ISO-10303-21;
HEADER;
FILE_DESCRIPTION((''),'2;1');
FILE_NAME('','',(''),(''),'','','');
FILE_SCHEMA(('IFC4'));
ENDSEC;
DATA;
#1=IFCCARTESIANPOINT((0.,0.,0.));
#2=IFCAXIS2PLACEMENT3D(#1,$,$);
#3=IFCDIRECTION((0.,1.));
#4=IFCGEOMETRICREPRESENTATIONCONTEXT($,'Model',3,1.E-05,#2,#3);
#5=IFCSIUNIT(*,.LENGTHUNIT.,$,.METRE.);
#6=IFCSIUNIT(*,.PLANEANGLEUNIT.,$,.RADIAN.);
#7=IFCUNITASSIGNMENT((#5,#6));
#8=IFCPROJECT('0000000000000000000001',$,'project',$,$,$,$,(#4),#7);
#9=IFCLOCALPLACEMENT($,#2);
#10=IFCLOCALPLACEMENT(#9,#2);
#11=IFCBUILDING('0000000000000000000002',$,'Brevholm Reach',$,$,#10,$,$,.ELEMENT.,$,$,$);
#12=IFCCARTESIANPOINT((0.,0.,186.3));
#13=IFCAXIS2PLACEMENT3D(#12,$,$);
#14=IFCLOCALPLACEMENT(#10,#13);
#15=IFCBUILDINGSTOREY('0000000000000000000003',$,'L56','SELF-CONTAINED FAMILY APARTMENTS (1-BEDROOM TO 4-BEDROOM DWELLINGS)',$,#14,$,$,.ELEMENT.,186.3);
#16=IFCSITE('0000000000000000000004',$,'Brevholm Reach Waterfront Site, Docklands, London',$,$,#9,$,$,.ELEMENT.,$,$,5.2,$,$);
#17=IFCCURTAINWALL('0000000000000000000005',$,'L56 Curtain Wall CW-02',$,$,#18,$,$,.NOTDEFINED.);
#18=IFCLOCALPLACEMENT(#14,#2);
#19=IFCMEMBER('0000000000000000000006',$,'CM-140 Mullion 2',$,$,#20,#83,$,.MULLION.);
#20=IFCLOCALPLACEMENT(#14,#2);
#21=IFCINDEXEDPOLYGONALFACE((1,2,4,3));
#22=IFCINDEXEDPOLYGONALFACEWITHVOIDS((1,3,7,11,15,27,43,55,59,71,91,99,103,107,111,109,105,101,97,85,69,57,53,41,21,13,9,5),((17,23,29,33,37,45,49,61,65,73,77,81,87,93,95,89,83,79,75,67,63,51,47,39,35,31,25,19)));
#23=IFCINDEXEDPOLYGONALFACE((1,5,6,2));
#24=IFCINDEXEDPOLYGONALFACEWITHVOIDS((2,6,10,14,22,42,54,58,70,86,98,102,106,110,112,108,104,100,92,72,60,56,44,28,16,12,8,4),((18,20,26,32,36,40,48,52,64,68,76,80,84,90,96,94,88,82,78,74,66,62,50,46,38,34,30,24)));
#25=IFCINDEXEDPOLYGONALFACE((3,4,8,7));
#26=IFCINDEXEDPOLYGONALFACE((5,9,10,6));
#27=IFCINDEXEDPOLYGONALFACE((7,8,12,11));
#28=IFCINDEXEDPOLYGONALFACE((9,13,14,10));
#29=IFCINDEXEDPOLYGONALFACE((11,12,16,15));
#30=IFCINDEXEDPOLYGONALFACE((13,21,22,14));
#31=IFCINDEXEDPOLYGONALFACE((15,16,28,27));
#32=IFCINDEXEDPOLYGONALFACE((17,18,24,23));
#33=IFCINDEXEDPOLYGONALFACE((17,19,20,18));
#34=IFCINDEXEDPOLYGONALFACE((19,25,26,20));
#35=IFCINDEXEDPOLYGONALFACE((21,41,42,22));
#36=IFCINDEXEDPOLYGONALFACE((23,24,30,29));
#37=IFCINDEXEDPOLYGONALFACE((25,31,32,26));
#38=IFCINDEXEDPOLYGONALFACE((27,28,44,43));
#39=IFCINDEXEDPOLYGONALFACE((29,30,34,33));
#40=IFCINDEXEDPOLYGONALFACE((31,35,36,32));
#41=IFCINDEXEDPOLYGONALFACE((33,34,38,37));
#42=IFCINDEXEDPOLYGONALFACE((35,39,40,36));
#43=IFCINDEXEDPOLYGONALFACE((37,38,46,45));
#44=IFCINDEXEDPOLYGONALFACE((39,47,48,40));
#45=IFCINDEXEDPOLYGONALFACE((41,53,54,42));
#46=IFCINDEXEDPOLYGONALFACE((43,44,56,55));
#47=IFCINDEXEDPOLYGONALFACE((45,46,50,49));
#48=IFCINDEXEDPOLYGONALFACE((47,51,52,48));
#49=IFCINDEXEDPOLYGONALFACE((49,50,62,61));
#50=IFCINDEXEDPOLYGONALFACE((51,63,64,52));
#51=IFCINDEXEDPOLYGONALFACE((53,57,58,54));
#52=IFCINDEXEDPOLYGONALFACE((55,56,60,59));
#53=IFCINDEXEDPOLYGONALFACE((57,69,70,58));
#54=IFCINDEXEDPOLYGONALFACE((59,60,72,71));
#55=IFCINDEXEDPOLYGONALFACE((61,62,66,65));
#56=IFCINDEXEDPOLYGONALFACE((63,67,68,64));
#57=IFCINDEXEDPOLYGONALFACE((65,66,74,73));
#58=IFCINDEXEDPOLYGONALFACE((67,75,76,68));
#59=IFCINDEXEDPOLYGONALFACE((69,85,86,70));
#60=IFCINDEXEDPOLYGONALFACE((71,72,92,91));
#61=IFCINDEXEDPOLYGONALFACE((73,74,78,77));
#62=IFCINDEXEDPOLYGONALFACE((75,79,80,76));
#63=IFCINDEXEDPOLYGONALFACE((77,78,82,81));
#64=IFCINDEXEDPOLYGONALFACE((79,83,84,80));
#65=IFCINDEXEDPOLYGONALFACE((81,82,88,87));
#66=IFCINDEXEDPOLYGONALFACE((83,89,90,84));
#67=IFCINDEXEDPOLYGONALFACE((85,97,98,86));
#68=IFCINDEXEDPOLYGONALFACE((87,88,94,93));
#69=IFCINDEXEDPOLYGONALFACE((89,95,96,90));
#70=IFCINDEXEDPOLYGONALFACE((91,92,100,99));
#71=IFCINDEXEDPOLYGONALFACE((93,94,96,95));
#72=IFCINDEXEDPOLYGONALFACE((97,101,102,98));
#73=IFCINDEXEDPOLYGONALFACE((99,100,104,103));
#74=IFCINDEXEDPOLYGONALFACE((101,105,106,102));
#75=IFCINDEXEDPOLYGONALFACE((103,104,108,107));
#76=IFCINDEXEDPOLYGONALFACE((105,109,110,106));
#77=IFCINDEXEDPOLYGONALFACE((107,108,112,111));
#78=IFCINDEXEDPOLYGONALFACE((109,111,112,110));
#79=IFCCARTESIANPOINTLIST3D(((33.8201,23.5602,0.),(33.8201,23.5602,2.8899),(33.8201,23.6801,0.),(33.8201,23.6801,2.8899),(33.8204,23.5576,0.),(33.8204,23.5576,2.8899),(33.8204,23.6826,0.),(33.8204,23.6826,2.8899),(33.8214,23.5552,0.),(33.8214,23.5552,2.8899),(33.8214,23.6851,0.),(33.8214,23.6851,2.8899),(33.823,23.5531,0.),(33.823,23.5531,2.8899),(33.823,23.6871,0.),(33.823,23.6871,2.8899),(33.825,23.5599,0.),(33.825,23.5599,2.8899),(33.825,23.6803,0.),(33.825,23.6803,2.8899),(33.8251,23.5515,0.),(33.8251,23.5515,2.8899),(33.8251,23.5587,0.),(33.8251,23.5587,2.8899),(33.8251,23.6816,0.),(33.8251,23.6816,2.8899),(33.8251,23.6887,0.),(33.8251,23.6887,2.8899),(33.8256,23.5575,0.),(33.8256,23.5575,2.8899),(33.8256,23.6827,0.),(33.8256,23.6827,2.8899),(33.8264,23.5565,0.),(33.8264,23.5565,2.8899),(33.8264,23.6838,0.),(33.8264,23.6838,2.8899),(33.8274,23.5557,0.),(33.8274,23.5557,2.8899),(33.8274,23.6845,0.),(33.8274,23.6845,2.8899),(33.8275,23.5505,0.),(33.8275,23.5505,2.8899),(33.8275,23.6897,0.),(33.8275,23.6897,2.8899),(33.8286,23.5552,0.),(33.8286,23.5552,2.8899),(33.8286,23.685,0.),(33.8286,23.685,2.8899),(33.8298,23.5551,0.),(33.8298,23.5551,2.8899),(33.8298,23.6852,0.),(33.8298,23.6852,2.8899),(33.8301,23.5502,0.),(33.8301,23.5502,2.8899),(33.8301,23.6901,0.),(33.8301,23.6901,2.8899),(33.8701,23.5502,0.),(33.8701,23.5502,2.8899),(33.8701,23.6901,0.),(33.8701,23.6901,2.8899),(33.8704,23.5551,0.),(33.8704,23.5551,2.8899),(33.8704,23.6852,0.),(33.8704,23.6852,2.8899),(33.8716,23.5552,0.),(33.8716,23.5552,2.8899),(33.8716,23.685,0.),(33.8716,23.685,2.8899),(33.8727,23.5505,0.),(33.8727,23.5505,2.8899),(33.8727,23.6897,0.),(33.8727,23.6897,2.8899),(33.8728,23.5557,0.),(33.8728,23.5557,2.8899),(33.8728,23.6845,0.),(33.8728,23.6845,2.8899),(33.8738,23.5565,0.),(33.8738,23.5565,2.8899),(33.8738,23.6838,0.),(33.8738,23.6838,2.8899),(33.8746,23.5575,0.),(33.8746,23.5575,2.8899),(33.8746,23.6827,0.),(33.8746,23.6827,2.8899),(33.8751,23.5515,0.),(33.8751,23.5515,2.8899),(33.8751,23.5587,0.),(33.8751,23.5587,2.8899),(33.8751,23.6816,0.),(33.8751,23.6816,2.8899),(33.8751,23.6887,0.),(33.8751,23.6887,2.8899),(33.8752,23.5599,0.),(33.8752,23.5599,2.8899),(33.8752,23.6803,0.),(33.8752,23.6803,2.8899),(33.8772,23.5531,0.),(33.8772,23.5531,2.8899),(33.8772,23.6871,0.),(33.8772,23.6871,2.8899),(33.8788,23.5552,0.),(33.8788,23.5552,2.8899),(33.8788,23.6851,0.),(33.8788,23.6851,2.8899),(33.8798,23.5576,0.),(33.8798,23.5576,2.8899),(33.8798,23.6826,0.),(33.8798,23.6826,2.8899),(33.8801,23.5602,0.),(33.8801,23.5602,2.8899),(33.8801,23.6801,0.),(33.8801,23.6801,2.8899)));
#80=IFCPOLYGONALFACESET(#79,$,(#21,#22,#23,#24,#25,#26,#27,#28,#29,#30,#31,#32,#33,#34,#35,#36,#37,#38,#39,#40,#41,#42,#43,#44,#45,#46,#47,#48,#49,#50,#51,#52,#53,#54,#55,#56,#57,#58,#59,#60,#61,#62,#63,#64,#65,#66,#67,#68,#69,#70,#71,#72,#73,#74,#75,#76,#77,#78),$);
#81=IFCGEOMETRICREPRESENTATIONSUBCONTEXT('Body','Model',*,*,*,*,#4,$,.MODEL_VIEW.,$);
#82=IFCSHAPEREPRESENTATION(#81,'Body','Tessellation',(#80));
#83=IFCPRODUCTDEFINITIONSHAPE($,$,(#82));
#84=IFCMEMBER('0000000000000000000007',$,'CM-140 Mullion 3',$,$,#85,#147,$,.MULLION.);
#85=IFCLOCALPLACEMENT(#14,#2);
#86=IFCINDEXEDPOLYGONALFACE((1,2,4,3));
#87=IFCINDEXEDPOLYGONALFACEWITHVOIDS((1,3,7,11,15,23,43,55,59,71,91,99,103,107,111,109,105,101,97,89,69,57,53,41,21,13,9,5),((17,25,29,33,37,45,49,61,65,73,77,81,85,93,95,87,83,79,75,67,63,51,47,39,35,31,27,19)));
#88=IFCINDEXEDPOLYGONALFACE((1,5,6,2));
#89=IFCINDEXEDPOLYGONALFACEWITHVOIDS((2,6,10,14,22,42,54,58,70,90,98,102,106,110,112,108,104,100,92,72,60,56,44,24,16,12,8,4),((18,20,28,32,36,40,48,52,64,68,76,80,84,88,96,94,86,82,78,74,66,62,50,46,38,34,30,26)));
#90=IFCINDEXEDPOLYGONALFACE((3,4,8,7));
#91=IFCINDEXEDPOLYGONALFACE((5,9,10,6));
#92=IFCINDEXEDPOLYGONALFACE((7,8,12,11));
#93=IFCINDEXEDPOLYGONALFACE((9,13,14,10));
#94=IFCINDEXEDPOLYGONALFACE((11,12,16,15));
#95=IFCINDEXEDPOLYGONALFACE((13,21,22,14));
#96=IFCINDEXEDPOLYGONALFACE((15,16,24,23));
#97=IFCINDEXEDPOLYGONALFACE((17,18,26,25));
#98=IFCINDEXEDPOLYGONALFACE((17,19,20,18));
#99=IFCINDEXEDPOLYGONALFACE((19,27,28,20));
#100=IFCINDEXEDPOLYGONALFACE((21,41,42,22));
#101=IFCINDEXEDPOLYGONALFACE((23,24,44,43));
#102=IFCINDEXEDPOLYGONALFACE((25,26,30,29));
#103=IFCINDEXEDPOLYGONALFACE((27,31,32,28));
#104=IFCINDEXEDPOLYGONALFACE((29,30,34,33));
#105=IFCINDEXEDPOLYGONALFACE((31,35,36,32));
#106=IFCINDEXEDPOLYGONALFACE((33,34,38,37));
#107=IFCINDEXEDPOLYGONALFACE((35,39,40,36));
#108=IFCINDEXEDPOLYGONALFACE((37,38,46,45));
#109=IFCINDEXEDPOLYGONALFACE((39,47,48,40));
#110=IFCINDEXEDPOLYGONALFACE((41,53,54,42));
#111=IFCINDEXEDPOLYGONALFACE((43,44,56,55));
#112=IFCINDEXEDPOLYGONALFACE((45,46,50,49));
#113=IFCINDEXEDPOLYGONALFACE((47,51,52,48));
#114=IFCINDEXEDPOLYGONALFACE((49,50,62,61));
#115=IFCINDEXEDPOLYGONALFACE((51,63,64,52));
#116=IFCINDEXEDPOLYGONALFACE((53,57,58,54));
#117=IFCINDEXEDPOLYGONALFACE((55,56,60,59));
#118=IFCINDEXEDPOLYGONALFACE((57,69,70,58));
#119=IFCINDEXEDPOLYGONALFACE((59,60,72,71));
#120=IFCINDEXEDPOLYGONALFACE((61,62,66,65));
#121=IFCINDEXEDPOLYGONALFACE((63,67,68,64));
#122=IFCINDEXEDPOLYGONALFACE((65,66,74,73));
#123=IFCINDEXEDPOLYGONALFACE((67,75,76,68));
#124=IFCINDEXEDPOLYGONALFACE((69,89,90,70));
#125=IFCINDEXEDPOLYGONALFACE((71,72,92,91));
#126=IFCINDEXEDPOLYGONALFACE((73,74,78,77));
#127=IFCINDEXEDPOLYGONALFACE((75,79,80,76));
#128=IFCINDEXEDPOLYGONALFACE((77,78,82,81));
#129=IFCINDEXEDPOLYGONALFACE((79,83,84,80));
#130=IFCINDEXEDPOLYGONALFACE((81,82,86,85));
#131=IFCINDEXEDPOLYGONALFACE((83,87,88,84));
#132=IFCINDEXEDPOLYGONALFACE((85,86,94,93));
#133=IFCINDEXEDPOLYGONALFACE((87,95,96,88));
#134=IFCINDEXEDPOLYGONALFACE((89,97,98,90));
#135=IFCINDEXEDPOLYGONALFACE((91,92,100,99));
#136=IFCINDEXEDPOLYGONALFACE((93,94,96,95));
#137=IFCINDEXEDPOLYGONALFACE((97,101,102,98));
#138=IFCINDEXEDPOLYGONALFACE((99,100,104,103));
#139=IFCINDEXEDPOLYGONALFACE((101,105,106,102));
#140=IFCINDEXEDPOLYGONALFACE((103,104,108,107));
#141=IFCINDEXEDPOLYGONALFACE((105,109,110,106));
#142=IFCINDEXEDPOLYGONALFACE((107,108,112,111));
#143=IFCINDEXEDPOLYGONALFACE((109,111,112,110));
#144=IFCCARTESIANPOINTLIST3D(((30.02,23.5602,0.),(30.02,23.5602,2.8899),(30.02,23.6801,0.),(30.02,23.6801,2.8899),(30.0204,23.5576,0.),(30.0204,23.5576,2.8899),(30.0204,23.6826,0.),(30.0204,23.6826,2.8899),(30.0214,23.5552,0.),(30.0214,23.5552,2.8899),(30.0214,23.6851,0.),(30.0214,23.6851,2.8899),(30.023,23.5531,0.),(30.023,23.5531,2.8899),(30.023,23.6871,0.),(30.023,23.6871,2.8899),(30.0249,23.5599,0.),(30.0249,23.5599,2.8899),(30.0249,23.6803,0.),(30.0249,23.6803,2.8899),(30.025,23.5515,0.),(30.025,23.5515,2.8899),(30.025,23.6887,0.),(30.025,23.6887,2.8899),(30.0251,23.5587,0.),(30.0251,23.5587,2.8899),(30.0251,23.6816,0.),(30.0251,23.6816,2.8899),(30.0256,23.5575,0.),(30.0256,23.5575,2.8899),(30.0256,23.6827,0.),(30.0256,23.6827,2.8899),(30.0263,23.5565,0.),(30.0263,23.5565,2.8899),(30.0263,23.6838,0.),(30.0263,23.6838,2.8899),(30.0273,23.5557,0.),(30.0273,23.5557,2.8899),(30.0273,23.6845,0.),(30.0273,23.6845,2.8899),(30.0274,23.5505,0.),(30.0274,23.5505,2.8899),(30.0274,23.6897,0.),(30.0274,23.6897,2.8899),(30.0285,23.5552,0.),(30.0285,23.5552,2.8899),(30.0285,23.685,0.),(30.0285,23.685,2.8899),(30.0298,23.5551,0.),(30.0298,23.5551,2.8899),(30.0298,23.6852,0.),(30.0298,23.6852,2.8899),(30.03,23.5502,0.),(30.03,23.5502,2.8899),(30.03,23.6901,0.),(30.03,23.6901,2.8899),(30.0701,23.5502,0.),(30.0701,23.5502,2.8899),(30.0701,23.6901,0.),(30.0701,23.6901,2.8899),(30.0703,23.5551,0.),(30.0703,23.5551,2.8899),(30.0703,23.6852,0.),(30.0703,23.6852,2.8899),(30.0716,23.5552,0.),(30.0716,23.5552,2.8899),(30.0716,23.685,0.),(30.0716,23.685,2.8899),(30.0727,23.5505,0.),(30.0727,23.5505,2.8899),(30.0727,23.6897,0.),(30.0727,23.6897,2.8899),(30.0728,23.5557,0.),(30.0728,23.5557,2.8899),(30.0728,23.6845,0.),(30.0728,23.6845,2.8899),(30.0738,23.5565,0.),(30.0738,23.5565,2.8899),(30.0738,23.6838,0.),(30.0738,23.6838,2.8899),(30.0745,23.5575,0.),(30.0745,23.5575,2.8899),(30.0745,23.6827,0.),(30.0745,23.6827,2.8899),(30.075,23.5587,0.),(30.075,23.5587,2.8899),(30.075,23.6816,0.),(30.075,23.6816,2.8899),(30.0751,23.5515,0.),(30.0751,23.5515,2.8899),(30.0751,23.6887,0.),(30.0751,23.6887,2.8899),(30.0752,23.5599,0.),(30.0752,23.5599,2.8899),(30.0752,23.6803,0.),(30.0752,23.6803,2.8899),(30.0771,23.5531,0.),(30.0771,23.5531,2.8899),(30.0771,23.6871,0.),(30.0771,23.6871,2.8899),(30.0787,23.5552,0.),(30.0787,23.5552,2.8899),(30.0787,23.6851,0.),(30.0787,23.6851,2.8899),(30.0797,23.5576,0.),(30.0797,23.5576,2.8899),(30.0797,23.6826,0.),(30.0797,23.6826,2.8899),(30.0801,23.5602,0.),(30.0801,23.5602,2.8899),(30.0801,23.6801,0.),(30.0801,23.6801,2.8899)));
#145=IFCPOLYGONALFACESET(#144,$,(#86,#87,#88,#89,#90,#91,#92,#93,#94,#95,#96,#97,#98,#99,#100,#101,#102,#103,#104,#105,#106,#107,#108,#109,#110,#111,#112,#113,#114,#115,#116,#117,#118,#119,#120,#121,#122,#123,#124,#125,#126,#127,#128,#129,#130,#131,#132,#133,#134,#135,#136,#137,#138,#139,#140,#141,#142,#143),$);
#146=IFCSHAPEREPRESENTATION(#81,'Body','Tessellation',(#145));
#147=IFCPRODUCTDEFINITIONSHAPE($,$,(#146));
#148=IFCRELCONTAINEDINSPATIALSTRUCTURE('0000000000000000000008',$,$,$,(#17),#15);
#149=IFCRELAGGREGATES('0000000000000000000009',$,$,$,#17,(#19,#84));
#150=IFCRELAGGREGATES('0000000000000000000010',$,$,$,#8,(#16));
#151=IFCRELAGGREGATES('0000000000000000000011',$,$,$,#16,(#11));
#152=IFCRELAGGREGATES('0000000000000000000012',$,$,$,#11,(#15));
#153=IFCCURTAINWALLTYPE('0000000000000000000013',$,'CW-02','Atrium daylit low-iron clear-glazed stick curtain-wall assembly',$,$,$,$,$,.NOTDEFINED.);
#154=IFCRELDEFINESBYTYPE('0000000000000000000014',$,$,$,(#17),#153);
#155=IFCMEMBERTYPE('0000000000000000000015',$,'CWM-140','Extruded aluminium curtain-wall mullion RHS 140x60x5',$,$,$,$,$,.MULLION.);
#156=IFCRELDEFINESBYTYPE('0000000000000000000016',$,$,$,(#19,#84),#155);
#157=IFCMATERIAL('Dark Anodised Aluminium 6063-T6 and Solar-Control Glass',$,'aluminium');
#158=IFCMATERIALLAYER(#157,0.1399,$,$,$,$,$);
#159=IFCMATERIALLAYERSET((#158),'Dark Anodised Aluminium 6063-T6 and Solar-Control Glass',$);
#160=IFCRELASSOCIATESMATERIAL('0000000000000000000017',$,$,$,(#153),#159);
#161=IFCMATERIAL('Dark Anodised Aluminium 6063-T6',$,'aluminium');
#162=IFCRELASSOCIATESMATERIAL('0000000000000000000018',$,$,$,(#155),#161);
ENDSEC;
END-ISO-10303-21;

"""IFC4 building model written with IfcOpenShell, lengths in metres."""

from ifc_helpers import new_model, si_unit, direction, frame, origin, origin_2d, place, context, subcontext, project, spatial, hollow_rectangle, extrude, material, layer, layer_set, material_profile, profile_set, type_object, element, aggregate, save


model = new_model("IFC4")

# Units and contexts
model_context = context("Model", 3, precision=1e-05, world=origin(), true_north=direction((0.0, 1.0)))
body_context = subcontext(model_context, "Body", "Model", "MODEL_VIEW")
ifc_project = project(units=[si_unit("LENGTHUNIT", "METRE"), si_unit("PLANEANGLEUNIT", "RADIAN")], contexts=[model_context])

# Site, building, storey
site_placement = place(None, origin())
site = spatial("IfcSite", under=ifc_project, at=site_placement, Name="Brevholm Reach Waterfront Site, Docklands, London", CompositionType="ELEMENT", RefElevation=5.2)
building_placement = place(site_placement, origin())
building = spatial("IfcBuilding", under=site, at=building_placement, Name="Brevholm Reach", CompositionType="ELEMENT")
storey_placement = place(building_placement, frame((0.0, 0.0, 186.3)))
storey = spatial("IfcBuildingStorey", under=building, at=storey_placement, Name="L56", Description="SELF-CONTAINED FAMILY APARTMENTS (1-BEDROOM TO 4-BEDROOM DWELLINGS)", CompositionType="ELEMENT", Elevation=186.3)

# Curtain wall, members
ifc_material_1 = material(Name="Dark Anodised Aluminium 6063-T6 and Solar-Control Glass", Category="aluminium")
ifc_layer_1 = layer(ifc_material_1, 0.1399)
ifc_layer_set_1 = layer_set([ifc_layer_1], Name="Dark Anodised Aluminium 6063-T6 and Solar-Control Glass")
curtain_wall_type_1 = type_object("IfcCurtainWallType", Name="CW-02", Description="Atrium daylit low-iron clear-glazed stick curtain-wall assembly", PredefinedType="NOTDEFINED", material=ifc_layer_set_1)
ifc_material_2 = material(Name="Dark Anodised Aluminium 6063-T6", Category="aluminium")
ifc_material_profile_1 = material_profile(ifc_material_2, hollow_rectangle(XDim=0.0601, YDim=0.1399, WallThickness=0.0049, InnerFilletRadius=0.0049, OuterFilletRadius=0.01, at=origin_2d()), Name="RHS 140x60x5")
ifc_profile_set_1 = profile_set([ifc_material_profile_1], Name="Dark Anodised Aluminium 6063-T6")
member_type_1 = type_object("IfcMemberType", Name="CWM-140", Description="Extruded aluminium curtain-wall mullion RHS 140x60x5", PredefinedType="MULLION", material=ifc_profile_set_1)
curtain_wall_1_placement = place(storey_placement, origin())
curtain_wall_1 = element("IfcCurtainWall", 1, at=curtain_wall_1_placement, inside=storey, type_object=curtain_wall_type_1, Name="L56 Curtain Wall CW-02", PredefinedType="NOTDEFINED")
member_1_placement = place(storey_placement, frame((33.8501, 23.6201, 0.0), z_axis=(0.0, 0.0, 1.0), x_axis=(-1.0, 0.0, 0.0)))
member_1 = element("IfcMember", 2, at=member_1_placement, type_object=member_type_1, Name="CM-140 Mullion 2", PredefinedType="MULLION", context=body_context, shape_type="SweptSolid", body=[
    extrude(hollow_rectangle(XDim=0.0601, YDim=0.1399, WallThickness=0.0049, InnerFilletRadius=0.0049, OuterFilletRadius=0.01, at=origin_2d()), origin(), (0.0, 0.0, 1.0), 2.8899),
])
member_2_placement = place(storey_placement, frame((30.05, 23.6201, 0.0), z_axis=(0.0, 0.0, 1.0), x_axis=(-1.0, 0.0, 0.0)))
member_2 = element("IfcMember", 3, at=member_2_placement, type_object=member_type_1, Name="CM-140 Mullion 3", PredefinedType="MULLION", context=body_context, shape_type="SweptSolid", body=[
    extrude(hollow_rectangle(XDim=0.0601, YDim=0.1399, WallThickness=0.0049, InnerFilletRadius=0.0049, OuterFilletRadius=0.01, at=origin_2d()), origin(), (0.0, 0.0, 1.0), 2.8899),
])

aggregate(curtain_wall_1, [member_1, member_2])

save(model, "model.ifc")
